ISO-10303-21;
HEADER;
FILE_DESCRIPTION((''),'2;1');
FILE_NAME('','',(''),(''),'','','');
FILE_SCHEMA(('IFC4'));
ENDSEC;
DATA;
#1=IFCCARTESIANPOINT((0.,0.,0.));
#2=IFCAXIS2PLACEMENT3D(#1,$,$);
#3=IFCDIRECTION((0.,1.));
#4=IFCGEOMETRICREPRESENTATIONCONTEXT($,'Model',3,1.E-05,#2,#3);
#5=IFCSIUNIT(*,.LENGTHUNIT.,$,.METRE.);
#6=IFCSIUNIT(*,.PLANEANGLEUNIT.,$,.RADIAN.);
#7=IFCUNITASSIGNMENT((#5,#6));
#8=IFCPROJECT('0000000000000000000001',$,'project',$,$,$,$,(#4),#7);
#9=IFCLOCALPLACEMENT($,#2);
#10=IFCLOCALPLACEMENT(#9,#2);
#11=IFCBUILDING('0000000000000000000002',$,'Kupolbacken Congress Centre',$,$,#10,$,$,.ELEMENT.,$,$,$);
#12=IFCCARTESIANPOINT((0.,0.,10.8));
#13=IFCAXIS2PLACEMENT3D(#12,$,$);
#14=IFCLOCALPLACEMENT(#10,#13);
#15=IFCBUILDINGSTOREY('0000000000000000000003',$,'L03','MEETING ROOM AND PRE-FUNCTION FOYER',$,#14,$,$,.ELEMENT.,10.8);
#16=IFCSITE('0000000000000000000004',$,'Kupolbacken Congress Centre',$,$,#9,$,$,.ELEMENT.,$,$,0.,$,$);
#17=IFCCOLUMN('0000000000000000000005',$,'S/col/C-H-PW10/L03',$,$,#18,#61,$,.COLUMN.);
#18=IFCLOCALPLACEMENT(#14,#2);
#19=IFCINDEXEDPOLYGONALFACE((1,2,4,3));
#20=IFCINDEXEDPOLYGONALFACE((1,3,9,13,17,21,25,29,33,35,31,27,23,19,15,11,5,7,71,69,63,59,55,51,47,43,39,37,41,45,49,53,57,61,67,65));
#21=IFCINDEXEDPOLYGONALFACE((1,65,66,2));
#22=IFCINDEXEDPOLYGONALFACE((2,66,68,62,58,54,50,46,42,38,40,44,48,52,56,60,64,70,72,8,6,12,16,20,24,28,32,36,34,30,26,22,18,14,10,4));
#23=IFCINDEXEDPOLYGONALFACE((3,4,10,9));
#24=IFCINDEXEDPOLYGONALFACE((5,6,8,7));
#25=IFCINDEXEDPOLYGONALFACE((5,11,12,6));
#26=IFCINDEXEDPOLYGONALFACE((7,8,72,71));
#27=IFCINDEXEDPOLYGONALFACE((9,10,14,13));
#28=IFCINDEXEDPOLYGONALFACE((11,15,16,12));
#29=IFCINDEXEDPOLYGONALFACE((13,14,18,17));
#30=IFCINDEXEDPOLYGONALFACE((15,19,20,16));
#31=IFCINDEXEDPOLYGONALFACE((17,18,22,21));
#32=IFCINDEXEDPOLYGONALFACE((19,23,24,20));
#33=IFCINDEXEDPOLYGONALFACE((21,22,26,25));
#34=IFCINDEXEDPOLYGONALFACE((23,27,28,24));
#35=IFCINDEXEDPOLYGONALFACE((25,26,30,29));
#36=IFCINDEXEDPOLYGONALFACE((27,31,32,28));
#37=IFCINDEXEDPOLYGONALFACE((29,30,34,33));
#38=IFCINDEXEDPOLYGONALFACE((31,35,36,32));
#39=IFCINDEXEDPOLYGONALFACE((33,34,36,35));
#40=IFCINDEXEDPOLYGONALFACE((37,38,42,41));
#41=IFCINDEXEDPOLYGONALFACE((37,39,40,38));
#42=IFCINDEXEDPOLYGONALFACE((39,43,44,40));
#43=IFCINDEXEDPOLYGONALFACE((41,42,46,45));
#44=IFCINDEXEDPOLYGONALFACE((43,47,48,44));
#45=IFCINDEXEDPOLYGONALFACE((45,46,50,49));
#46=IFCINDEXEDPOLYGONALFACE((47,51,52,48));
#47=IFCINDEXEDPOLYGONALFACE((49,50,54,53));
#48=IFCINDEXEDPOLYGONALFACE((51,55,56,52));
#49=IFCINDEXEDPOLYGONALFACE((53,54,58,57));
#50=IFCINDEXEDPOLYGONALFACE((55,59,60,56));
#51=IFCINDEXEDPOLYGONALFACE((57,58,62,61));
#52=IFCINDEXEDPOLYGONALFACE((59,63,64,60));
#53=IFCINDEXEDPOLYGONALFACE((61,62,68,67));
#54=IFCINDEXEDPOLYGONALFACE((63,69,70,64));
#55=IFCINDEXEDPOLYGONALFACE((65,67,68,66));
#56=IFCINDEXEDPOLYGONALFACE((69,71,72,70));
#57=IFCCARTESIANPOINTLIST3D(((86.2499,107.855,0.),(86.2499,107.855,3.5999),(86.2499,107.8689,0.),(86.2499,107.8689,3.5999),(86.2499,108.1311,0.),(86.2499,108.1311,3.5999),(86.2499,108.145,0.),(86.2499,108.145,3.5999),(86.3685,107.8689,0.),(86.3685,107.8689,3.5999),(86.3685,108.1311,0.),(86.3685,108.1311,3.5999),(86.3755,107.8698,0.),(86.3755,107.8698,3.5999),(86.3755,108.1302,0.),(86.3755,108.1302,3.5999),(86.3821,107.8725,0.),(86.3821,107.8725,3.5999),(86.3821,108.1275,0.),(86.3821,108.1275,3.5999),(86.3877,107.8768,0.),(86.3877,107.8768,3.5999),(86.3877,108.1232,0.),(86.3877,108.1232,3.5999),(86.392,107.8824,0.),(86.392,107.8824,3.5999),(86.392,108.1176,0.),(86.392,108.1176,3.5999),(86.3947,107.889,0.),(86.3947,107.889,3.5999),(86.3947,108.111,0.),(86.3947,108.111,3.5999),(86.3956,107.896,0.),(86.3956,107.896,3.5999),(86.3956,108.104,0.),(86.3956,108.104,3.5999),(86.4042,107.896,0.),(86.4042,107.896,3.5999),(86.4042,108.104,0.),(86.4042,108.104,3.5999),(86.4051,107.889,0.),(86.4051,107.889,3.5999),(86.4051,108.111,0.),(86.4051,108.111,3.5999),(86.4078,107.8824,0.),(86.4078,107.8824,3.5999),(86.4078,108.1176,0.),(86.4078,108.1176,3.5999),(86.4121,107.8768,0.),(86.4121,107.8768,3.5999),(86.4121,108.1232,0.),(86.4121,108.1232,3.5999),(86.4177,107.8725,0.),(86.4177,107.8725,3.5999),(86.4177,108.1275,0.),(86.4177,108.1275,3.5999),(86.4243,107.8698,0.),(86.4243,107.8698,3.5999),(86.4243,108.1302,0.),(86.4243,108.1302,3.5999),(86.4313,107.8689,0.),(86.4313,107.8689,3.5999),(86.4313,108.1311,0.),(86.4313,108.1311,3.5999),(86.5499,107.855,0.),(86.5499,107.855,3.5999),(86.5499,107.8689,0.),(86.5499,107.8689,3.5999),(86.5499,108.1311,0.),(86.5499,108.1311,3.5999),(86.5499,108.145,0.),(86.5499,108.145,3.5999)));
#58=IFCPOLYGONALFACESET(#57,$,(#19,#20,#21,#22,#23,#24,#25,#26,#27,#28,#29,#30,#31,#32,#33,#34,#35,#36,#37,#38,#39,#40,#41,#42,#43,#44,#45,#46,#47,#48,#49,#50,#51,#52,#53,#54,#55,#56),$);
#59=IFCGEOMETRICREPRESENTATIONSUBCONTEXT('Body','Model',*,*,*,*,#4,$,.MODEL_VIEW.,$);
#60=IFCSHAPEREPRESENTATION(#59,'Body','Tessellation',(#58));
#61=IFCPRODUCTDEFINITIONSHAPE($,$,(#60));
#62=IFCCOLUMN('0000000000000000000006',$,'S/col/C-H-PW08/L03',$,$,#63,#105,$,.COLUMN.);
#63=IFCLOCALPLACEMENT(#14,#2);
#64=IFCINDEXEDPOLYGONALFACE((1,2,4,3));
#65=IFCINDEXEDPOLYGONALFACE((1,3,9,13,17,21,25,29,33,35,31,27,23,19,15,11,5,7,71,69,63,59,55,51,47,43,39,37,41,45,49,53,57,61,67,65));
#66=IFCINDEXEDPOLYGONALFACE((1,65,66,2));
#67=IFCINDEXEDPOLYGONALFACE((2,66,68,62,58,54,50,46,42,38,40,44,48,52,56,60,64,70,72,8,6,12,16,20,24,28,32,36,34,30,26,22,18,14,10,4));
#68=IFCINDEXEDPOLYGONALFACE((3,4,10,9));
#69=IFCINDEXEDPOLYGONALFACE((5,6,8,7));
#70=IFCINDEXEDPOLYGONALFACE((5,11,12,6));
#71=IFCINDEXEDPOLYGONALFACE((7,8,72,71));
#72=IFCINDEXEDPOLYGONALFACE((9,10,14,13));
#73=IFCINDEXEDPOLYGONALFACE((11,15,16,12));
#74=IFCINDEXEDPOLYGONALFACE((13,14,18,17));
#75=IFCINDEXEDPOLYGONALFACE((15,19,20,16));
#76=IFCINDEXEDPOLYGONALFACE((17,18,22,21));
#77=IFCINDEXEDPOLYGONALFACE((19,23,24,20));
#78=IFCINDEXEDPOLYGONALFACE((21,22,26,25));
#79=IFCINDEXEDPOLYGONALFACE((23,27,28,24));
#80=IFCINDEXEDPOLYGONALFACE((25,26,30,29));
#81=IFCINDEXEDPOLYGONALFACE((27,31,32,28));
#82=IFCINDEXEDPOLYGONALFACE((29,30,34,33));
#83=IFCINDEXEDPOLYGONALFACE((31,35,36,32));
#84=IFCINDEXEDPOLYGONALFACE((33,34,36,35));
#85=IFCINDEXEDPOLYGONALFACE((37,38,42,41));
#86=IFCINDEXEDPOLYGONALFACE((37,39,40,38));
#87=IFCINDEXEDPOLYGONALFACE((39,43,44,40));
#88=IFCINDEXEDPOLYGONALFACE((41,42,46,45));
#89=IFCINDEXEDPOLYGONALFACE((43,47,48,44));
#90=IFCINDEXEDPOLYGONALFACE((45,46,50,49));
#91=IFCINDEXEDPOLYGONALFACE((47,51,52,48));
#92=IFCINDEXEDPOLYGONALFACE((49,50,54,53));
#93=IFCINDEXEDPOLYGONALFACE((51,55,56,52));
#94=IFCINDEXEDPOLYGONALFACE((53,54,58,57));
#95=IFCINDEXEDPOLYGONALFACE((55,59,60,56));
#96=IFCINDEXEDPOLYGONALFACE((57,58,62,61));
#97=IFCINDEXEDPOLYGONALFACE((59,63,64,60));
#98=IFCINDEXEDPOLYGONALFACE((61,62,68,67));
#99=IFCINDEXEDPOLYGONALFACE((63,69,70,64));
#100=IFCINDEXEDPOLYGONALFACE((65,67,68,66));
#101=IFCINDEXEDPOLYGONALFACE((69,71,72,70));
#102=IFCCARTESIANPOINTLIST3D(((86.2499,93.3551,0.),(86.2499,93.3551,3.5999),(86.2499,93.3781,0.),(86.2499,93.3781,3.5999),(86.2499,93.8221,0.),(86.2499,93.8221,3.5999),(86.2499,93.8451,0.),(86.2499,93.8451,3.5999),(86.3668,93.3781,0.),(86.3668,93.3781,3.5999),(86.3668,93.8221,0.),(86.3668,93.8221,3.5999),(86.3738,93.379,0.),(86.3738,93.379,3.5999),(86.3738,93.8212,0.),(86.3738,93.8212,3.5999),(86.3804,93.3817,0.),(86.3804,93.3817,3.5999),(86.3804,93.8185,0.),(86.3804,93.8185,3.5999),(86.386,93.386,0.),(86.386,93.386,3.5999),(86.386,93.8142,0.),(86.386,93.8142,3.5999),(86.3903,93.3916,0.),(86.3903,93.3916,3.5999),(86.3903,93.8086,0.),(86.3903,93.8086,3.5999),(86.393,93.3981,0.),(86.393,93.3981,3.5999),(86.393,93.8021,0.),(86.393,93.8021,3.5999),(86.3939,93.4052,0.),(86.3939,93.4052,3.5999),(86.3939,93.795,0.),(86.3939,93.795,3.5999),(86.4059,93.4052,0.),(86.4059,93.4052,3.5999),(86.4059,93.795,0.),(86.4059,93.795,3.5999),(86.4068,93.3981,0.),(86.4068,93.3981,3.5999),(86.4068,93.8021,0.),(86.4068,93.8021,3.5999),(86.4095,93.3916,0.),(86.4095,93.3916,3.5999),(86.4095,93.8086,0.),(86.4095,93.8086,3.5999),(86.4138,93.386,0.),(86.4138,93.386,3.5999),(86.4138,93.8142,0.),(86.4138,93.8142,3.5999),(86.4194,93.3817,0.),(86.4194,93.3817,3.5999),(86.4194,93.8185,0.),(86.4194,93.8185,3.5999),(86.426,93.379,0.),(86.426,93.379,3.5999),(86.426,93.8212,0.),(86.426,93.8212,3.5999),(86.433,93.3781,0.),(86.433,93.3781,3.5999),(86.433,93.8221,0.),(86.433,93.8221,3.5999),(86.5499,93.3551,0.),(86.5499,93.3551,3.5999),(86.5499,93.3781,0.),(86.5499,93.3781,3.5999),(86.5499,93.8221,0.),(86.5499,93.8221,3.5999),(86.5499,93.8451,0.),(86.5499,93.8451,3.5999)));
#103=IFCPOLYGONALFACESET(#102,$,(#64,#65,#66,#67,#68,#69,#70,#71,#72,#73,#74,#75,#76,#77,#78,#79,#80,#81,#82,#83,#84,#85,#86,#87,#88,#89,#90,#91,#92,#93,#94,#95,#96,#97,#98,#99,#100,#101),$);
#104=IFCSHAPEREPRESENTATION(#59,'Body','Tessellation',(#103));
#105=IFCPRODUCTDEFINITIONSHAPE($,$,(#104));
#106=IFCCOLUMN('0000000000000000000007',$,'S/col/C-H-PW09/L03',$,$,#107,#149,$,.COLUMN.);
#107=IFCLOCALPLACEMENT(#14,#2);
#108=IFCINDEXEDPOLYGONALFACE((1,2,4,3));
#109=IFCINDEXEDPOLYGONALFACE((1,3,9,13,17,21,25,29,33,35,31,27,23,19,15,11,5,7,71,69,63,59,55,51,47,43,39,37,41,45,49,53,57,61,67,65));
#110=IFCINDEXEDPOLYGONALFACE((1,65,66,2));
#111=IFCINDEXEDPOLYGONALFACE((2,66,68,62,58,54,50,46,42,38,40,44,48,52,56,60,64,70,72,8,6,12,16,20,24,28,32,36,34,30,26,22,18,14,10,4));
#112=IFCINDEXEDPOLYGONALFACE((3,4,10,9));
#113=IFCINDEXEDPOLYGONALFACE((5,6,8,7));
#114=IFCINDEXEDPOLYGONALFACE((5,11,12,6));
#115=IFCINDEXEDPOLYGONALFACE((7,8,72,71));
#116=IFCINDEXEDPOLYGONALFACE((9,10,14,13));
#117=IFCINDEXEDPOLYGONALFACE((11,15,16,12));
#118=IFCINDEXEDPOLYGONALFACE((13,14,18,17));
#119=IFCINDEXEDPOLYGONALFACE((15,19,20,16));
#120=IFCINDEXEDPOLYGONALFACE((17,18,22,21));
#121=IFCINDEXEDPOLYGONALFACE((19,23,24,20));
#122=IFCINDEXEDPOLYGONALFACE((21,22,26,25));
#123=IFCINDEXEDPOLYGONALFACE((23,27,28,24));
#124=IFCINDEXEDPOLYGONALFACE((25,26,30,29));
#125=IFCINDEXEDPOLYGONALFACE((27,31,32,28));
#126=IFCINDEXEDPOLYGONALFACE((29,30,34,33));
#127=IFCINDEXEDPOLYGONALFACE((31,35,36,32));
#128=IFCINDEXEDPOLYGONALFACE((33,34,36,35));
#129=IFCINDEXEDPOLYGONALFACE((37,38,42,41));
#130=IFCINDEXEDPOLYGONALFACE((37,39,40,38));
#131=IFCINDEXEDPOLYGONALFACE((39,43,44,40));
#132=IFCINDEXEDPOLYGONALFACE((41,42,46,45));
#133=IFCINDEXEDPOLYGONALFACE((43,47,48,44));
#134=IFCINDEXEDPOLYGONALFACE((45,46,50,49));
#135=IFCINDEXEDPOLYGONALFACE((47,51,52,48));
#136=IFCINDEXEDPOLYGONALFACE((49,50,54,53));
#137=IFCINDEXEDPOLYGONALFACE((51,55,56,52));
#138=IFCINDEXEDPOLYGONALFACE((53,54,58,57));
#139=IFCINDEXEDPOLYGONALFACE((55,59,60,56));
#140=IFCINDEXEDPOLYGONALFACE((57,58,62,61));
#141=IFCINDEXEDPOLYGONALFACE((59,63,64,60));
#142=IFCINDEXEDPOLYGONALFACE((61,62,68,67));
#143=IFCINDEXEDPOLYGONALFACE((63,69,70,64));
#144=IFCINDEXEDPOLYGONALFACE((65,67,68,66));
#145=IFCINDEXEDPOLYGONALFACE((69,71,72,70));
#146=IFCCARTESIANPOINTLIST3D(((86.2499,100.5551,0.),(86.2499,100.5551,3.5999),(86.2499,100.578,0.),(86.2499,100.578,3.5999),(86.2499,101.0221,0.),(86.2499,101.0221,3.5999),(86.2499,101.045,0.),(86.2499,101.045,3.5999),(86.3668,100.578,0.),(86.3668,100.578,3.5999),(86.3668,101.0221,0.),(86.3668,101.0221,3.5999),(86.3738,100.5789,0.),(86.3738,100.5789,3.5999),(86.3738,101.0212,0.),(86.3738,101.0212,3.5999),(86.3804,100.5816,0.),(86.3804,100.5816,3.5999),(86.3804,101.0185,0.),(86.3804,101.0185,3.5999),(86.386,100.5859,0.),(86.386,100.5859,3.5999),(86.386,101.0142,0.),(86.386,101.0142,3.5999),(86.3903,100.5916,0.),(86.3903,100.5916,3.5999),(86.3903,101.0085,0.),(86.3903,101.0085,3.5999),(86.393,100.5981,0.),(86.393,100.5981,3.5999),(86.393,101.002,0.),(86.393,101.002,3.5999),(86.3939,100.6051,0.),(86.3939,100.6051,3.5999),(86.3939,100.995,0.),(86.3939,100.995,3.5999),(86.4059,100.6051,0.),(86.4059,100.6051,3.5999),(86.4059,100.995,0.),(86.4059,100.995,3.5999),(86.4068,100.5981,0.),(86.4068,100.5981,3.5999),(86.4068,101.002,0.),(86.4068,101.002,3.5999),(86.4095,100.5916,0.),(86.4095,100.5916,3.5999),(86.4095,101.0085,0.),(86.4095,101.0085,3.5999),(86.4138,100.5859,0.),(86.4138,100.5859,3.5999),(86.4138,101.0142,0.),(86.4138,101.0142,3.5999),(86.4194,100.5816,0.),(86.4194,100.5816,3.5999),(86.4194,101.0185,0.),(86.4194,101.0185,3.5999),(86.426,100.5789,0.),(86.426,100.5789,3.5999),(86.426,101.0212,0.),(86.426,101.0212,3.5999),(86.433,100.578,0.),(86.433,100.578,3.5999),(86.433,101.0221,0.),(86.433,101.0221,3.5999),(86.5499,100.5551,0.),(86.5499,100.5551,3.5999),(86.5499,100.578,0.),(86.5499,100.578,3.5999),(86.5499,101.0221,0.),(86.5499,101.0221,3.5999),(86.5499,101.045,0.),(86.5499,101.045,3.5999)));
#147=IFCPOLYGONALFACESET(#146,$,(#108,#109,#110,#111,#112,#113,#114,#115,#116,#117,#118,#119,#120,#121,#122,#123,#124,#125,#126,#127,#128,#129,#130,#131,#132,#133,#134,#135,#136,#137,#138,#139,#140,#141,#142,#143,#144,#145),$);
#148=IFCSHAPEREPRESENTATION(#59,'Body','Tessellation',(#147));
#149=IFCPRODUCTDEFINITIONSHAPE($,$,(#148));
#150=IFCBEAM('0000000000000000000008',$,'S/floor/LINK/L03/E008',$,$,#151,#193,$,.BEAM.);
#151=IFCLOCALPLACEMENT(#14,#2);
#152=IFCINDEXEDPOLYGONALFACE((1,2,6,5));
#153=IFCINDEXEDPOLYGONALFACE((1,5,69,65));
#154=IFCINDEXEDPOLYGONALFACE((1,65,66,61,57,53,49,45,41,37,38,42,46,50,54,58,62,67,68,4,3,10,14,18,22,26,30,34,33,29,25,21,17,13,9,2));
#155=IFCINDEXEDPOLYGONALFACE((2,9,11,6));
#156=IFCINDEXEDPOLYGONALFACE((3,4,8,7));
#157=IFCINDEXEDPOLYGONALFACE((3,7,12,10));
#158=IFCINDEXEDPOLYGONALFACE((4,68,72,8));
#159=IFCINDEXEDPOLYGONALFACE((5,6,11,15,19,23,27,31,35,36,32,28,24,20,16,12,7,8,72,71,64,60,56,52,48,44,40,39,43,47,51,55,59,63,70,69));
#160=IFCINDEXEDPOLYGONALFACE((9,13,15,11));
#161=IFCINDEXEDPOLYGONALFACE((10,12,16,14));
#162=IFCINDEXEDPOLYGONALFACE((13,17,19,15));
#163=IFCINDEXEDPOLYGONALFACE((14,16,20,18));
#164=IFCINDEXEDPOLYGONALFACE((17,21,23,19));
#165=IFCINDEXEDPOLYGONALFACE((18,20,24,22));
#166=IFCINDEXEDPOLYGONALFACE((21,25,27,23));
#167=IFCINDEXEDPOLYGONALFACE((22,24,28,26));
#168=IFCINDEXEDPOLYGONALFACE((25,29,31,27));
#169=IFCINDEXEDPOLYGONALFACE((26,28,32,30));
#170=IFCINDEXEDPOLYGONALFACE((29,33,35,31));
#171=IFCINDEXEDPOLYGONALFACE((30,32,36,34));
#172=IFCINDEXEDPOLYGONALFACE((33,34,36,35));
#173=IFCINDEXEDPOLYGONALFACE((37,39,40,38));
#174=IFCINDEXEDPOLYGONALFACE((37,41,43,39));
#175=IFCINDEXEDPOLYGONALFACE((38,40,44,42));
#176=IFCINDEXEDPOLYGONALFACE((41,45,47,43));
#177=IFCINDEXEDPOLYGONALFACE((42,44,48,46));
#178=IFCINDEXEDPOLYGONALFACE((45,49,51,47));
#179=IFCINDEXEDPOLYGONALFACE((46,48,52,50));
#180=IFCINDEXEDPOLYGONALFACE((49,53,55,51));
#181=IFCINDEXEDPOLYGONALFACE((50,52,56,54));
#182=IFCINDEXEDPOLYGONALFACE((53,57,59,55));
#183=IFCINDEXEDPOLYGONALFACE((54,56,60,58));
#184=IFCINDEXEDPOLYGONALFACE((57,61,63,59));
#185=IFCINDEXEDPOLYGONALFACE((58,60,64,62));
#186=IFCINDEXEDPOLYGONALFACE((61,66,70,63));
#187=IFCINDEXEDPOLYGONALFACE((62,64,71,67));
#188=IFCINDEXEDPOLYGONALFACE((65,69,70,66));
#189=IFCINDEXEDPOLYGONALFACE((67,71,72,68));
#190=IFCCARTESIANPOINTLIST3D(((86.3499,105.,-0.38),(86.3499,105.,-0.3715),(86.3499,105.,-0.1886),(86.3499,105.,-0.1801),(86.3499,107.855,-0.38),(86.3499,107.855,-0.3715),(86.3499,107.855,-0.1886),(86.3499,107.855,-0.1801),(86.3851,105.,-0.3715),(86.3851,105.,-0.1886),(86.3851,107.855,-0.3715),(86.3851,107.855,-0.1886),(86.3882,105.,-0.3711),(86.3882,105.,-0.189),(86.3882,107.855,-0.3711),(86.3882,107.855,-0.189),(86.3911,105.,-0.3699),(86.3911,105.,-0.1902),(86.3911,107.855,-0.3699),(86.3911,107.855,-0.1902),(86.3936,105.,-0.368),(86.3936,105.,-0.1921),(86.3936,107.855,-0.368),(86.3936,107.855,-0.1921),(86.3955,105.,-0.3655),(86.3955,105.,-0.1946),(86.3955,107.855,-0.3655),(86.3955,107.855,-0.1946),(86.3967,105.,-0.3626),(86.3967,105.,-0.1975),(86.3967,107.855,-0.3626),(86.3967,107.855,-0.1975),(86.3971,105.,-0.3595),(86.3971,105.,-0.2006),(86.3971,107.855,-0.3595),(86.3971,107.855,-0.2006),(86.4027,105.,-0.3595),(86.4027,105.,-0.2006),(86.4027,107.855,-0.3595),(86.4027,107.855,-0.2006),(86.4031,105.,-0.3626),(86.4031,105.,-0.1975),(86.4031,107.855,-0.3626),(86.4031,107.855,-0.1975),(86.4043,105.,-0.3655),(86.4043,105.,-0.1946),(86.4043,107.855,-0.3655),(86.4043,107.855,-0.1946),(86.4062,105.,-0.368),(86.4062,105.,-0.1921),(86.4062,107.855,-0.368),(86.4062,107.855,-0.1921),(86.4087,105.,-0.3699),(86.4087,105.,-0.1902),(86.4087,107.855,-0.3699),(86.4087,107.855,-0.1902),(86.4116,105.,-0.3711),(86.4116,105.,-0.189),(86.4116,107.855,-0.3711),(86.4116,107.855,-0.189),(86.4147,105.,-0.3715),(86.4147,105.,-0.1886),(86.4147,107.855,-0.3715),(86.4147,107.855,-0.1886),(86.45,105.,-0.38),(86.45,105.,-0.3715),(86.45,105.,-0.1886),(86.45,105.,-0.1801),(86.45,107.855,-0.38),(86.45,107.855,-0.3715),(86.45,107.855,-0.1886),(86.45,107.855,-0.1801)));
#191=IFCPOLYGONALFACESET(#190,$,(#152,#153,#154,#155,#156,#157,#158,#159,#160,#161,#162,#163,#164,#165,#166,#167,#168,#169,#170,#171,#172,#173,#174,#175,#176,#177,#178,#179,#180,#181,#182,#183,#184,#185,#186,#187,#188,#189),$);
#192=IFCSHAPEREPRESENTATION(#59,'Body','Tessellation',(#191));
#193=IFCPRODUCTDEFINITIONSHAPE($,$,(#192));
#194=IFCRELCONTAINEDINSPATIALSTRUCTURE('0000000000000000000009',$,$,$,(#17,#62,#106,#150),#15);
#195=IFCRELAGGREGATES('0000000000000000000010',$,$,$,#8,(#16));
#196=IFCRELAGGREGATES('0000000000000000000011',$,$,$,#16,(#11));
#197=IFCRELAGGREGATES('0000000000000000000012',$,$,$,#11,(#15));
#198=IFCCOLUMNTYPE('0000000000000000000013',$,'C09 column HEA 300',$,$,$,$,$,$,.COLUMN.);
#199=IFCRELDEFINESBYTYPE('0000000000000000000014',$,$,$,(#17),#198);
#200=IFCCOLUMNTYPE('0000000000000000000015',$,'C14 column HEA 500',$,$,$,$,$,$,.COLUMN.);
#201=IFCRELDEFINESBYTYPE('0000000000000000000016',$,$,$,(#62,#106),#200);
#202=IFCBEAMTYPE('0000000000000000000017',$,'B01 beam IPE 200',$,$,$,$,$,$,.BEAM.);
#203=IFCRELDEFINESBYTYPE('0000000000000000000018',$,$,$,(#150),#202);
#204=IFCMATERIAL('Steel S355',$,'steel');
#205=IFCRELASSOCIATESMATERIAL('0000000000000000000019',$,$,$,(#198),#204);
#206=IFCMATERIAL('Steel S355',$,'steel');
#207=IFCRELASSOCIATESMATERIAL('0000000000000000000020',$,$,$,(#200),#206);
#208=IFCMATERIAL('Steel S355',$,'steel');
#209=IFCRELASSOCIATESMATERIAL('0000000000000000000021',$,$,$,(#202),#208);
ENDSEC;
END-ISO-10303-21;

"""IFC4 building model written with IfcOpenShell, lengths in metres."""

from ifc_helpers import new_model, si_unit, direction, frame, origin, origin_2d, place, context, subcontext, project, spatial, i_section, extrude, material, material_profile, profile_set, type_object, element, save


model = new_model("IFC4")

# Units and contexts
model_context = context("Model", 3, precision=1e-05, world=origin(), true_north=direction((0.0, 1.0)))
body_context = subcontext(model_context, "Body", "Model", "MODEL_VIEW")
ifc_project = project(units=[si_unit("LENGTHUNIT", "METRE"), si_unit("PLANEANGLEUNIT", "RADIAN")], contexts=[model_context])

# Site, building, storey
site_placement = place(None, origin())
site = spatial("IfcSite", under=ifc_project, at=site_placement, Name="Kupolbacken Congress Centre", CompositionType="ELEMENT", RefElevation=0.0)
building_placement = place(site_placement, origin())
building = spatial("IfcBuilding", under=site, at=building_placement, Name="Kupolbacken Congress Centre", CompositionType="ELEMENT")
storey_placement = place(building_placement, frame((0.0, 0.0, 10.8)))
storey = spatial("IfcBuildingStorey", under=building, at=storey_placement, Name="L03", Description="MEETING ROOM AND PRE-FUNCTION FOYER", CompositionType="ELEMENT", Elevation=10.8)

# Columns
ifc_material_1 = material(Name="Steel S355", Category="steel")
ifc_material_profile_1 = material_profile(ifc_material_1, i_section(OverallWidth=0.3, OverallDepth=0.29, WebThickness=0.0085, FlangeThickness=0.0139, FilletRadius=0.0271, at=origin_2d()), Name="HEA 300")
ifc_profile_set_1 = profile_set([ifc_material_profile_1], Name="Steel S355")
column_type_1 = type_object("IfcColumnType", Name="C09 column HEA 300", PredefinedType="COLUMN", material=ifc_profile_set_1)
column_placement = place(storey_placement, frame((86.3999, 108.0, 0.0), z_axis=(0.0, 0.0, 1.0), x_axis=(1.0, 0.0, 0.0)))
element("IfcColumn", 1, at=column_placement, inside=storey, type_object=column_type_1, Name="S/col/C-H-PW10/L03", PredefinedType="COLUMN", context=body_context, shape_type="SweptSolid", body=[
    extrude(i_section(OverallWidth=0.3, OverallDepth=0.29, WebThickness=0.0085, FlangeThickness=0.0139, FilletRadius=0.0271, at=origin_2d()), origin(), (0.0, 0.0, 1.0), 3.5999),
])
ifc_material_2 = material(Name="Steel S355", Category="steel")
ifc_material_profile_2 = material_profile(ifc_material_2, i_section(OverallWidth=0.3, OverallDepth=0.49, WebThickness=0.012, FlangeThickness=0.0229, FilletRadius=0.0271, at=origin_2d()), Name="HEA 500")
ifc_profile_set_2 = profile_set([ifc_material_profile_2], Name="Steel S355")
column_type_2 = type_object("IfcColumnType", Name="C14 column HEA 500", PredefinedType="COLUMN", material=ifc_profile_set_2)
for number, where, z_axis, x_axis, name in (
    (2, (86.3999, 93.6001, 0.0), (0.0, 0.0, 1.0), (1.0, 0.0, 0.0), "S/col/C-H-PW08/L03"),
    (3, (86.3999, 100.8, 0.0), (0.0, 0.0, 1.0), (1.0, 0.0, 0.0), "S/col/C-H-PW09/L03"),
):
    element("IfcColumn", number, at=place(storey_placement, frame(where, z_axis=z_axis, x_axis=x_axis)), inside=storey, type_object=column_type_2, Name=name, PredefinedType="COLUMN", context=body_context, shape_type="SweptSolid", body=[
        extrude(i_section(OverallWidth=0.3, OverallDepth=0.49, WebThickness=0.012, FlangeThickness=0.0229, FilletRadius=0.0271, at=origin_2d()), origin(), (0.0, 0.0, 1.0), 3.5999),
    ])

# Beam
ifc_material_3 = material(Name="Steel S355", Category="steel")
ifc_material_profile_3 = material_profile(ifc_material_3, i_section(OverallWidth=0.1001, OverallDepth=0.2, WebThickness=0.0056, FlangeThickness=0.0085, FilletRadius=0.012, at=origin_2d()), Name="IPE 200")
ifc_profile_set_3 = profile_set([ifc_material_profile_3], Name="Steel S355")
beam_type_1 = type_object("IfcBeamType", Name="B01 beam IPE 200", PredefinedType="BEAM", material=ifc_profile_set_3)
beam_1_placement = place(storey_placement, frame((86.3999, 105.0, -0.28), z_axis=(0.0, 1.0, 0.0), x_axis=(-1.0, 0.0, 0.0)))
element("IfcBeam", 4, at=beam_1_placement, inside=storey, type_object=beam_type_1, Name="S/floor/LINK/L03/E008", PredefinedType="BEAM", context=body_context, shape_type="SweptSolid", body=[
    extrude(i_section(OverallWidth=0.1001, OverallDepth=0.2, WebThickness=0.0056, FlangeThickness=0.0085, FilletRadius=0.012, at=origin_2d()), origin(), (0.0, 0.0, 1.0), 2.855),
])

save(model, "model.ifc")
